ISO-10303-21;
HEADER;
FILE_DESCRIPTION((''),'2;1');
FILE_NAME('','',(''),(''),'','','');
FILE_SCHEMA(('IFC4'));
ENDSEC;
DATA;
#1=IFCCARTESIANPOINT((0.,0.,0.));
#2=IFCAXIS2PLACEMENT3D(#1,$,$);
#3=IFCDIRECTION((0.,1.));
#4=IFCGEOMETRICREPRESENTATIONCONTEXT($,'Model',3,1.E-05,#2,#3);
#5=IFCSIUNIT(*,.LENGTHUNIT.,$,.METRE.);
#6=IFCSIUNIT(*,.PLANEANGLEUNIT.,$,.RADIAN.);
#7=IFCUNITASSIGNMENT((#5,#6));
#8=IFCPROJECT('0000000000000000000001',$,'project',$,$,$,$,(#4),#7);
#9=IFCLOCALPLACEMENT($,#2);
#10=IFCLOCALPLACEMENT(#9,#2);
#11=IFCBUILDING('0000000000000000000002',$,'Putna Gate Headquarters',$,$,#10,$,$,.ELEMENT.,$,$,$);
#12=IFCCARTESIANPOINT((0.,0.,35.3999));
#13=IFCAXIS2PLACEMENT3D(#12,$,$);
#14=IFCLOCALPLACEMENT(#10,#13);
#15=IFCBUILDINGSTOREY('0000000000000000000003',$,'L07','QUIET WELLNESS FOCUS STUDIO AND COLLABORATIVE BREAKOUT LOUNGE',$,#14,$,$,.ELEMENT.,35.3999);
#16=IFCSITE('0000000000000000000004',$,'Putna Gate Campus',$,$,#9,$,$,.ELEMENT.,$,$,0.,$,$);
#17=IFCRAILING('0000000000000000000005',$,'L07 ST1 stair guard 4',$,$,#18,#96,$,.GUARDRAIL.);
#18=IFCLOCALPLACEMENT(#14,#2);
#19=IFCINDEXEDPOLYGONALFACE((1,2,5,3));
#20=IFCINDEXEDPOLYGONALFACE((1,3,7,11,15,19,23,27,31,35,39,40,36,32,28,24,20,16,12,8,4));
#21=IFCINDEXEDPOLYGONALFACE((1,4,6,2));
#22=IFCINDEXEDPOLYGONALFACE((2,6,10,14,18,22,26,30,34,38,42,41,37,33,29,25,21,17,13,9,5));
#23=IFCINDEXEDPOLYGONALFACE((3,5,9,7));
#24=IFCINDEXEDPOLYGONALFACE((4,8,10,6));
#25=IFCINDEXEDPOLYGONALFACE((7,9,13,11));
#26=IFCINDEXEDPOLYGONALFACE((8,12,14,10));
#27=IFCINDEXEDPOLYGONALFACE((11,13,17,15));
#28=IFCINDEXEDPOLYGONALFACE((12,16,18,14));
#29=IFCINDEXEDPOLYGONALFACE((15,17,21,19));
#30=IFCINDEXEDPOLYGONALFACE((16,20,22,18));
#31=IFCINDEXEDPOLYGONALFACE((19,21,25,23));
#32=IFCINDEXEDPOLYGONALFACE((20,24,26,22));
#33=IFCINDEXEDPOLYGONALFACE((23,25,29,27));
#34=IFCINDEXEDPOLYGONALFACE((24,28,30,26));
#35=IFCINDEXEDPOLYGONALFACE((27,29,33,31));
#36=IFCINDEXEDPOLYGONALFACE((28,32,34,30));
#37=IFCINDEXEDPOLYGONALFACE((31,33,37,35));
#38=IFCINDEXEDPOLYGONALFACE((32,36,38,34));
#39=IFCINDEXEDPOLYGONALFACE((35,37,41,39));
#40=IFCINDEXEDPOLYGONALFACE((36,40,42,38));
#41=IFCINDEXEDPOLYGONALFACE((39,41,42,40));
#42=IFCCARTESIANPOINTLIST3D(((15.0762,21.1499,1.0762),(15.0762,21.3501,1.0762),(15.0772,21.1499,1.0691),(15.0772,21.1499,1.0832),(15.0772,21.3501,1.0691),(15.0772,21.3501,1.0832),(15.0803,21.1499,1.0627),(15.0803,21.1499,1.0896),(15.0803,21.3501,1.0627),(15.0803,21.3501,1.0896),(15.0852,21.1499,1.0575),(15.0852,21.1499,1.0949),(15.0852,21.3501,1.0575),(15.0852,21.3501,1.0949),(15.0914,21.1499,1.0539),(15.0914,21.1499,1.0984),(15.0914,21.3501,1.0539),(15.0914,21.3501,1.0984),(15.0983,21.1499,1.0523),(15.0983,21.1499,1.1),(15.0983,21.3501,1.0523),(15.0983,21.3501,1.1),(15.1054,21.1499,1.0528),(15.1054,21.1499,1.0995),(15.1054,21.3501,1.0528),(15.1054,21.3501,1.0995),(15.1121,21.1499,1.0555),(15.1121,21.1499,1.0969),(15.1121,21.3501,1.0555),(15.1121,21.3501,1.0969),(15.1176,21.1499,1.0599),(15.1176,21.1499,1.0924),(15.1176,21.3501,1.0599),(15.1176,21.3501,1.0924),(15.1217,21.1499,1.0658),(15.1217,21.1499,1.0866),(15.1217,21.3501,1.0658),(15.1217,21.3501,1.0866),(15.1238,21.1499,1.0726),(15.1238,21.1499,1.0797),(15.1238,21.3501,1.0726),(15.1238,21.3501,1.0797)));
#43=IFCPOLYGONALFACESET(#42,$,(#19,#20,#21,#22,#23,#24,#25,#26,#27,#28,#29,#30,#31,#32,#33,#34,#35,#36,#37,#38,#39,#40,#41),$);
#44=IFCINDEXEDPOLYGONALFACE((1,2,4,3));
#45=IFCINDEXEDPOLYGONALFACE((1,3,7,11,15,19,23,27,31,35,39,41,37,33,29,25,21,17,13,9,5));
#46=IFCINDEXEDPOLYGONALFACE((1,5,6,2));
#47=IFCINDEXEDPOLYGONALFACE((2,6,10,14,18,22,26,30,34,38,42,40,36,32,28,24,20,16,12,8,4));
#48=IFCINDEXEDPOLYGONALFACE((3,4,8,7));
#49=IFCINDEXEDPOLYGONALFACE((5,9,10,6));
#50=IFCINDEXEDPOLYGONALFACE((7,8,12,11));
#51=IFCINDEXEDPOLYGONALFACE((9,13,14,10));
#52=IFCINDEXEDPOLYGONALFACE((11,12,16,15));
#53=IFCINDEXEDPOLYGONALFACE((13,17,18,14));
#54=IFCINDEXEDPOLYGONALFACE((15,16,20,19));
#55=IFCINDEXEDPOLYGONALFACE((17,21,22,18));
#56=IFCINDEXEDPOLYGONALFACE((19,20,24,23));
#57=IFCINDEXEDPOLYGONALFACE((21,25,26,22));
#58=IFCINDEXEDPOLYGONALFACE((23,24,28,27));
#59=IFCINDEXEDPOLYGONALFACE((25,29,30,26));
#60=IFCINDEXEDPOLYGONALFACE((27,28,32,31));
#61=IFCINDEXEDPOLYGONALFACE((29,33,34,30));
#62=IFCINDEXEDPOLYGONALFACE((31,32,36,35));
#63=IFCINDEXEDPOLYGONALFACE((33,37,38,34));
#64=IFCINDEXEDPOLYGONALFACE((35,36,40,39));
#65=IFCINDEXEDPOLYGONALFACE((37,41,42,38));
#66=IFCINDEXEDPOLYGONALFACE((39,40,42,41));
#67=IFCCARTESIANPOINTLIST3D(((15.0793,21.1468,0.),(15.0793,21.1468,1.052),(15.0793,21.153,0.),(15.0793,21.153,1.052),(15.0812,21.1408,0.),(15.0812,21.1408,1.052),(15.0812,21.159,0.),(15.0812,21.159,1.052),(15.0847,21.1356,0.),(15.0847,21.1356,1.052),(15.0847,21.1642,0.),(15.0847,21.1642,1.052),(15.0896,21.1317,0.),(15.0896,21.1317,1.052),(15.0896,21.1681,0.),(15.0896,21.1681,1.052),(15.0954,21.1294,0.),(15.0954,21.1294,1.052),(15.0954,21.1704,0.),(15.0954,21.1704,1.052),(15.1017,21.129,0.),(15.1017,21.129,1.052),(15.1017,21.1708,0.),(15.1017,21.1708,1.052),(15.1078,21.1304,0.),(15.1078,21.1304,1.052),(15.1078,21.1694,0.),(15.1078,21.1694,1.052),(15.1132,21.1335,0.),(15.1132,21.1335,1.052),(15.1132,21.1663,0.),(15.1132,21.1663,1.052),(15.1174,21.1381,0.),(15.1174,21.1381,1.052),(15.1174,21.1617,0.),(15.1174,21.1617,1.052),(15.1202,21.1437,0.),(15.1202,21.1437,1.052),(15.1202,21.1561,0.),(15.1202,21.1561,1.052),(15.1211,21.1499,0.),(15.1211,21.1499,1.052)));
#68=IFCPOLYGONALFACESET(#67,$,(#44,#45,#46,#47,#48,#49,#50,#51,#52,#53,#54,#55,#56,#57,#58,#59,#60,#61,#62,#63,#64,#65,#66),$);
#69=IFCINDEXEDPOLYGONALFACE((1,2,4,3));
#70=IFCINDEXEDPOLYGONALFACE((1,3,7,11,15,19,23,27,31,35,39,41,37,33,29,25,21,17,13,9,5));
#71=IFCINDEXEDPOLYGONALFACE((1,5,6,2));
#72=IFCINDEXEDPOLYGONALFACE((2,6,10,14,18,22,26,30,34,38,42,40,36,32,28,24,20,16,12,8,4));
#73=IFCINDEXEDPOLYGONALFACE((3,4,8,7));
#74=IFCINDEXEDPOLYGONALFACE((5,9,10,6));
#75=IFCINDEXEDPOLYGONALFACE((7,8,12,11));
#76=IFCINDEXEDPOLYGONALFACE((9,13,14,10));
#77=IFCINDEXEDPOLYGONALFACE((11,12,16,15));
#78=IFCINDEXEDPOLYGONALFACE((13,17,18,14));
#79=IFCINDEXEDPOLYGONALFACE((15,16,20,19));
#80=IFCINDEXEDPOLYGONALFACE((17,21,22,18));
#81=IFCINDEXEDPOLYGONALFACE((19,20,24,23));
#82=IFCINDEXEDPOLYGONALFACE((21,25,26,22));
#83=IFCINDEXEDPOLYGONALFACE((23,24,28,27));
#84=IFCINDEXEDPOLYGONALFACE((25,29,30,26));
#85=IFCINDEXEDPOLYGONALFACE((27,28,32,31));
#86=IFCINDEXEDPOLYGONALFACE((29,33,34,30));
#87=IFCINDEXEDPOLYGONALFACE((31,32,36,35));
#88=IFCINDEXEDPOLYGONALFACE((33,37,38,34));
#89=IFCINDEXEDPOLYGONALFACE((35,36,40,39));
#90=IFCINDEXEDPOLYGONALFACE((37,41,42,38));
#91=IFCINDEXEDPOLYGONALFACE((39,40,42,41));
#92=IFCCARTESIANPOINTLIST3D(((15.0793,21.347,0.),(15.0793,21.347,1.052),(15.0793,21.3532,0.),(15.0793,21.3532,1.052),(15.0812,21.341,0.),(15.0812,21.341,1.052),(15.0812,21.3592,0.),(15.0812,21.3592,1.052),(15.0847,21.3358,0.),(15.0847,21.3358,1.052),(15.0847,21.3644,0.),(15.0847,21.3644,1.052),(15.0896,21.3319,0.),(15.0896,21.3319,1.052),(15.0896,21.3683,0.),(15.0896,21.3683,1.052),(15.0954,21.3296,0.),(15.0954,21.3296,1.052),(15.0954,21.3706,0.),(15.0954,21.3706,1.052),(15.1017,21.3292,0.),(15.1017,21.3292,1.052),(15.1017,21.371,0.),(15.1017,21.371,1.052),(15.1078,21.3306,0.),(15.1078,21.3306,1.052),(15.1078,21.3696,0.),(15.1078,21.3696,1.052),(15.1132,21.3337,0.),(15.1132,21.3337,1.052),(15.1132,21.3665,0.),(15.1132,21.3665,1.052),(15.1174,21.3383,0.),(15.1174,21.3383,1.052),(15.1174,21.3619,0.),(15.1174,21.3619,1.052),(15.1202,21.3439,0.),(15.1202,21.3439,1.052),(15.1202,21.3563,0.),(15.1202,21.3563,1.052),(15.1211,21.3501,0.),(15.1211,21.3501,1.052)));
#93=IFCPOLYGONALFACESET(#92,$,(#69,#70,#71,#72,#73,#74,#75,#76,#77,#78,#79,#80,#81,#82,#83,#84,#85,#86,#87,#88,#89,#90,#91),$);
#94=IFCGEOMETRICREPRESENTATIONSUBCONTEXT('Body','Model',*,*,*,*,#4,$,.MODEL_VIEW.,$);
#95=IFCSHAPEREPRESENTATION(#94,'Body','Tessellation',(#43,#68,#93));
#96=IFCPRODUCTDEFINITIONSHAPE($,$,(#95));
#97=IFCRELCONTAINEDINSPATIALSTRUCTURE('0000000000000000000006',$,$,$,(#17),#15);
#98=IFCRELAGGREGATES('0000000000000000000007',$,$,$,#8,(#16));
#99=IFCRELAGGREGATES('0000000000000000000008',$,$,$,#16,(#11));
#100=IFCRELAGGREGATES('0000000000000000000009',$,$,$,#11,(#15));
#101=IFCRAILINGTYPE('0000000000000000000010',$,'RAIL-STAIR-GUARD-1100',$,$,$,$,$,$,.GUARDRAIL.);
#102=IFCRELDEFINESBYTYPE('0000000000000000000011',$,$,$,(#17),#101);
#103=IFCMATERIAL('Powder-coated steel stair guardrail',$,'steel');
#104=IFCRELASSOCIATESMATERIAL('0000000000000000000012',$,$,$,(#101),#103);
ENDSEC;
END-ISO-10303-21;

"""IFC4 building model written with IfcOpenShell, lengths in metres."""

from ifc_helpers import new_model, si_unit, direction, frame, origin, origin_2d, place, context, subcontext, project, spatial, circle, extrude, material, type_object, element, save


model = new_model("IFC4")

# Units and contexts
model_context = context("Model", 3, precision=1e-05, world=origin(), true_north=direction((0.0, 1.0)))
body_context = subcontext(model_context, "Body", "Model", "MODEL_VIEW")
ifc_project = project(units=[si_unit("LENGTHUNIT", "METRE"), si_unit("PLANEANGLEUNIT", "RADIAN")], contexts=[model_context])

# Site, building, storey
site_placement = place(None, origin())
site = spatial("IfcSite", under=ifc_project, at=site_placement, Name="Putna Gate Campus", CompositionType="ELEMENT", RefElevation=0.0)
building_placement = place(site_placement, origin())
building = spatial("IfcBuilding", under=site, at=building_placement, Name="Putna Gate Headquarters", CompositionType="ELEMENT")
storey_placement = place(building_placement, frame((0.0, 0.0, 35.3999)))
storey = spatial("IfcBuildingStorey", under=building, at=storey_placement, Name="L07", Description="QUIET WELLNESS FOCUS STUDIO AND COLLABORATIVE BREAKOUT LOUNGE", CompositionType="ELEMENT", Elevation=35.3999)

# Railing
ifc_material_1 = material(Name="Powder-coated steel stair guardrail", Category="steel")
railing_type_1 = type_object("IfcRailingType", Name="RAIL-STAIR-GUARD-1100", PredefinedType="GUARDRAIL", material=ifc_material_1)
railing_1_placement = place(storey_placement, frame((15.1001, 21.1499, 0.0)))
element("IfcRailing", 1, at=railing_1_placement, inside=storey, type_object=railing_type_1, Name="L07 ST1 stair guard 4", PredefinedType="GUARDRAIL", context=body_context, shape_type="SweptSolid", body=[
    extrude(circle(Radius=0.0239, at=origin_2d()), frame((0.0, 0.0, 1.0762), z_axis=(0.0, 1.0, 0.0), x_axis=(-1.0, 0.0, 0.0)), (0.0, 0.0, 1.0), 0.2002),
    extrude(circle(Radius=0.021, at=origin_2d()), origin(), (0.0, 0.0, 1.0), 1.052),
    extrude(circle(Radius=0.021, at=origin_2d()), frame((0.0, 0.2002, 0.0)), (0.0, 0.0, 1.0), 1.052),
])

save(model, "model.ifc")
